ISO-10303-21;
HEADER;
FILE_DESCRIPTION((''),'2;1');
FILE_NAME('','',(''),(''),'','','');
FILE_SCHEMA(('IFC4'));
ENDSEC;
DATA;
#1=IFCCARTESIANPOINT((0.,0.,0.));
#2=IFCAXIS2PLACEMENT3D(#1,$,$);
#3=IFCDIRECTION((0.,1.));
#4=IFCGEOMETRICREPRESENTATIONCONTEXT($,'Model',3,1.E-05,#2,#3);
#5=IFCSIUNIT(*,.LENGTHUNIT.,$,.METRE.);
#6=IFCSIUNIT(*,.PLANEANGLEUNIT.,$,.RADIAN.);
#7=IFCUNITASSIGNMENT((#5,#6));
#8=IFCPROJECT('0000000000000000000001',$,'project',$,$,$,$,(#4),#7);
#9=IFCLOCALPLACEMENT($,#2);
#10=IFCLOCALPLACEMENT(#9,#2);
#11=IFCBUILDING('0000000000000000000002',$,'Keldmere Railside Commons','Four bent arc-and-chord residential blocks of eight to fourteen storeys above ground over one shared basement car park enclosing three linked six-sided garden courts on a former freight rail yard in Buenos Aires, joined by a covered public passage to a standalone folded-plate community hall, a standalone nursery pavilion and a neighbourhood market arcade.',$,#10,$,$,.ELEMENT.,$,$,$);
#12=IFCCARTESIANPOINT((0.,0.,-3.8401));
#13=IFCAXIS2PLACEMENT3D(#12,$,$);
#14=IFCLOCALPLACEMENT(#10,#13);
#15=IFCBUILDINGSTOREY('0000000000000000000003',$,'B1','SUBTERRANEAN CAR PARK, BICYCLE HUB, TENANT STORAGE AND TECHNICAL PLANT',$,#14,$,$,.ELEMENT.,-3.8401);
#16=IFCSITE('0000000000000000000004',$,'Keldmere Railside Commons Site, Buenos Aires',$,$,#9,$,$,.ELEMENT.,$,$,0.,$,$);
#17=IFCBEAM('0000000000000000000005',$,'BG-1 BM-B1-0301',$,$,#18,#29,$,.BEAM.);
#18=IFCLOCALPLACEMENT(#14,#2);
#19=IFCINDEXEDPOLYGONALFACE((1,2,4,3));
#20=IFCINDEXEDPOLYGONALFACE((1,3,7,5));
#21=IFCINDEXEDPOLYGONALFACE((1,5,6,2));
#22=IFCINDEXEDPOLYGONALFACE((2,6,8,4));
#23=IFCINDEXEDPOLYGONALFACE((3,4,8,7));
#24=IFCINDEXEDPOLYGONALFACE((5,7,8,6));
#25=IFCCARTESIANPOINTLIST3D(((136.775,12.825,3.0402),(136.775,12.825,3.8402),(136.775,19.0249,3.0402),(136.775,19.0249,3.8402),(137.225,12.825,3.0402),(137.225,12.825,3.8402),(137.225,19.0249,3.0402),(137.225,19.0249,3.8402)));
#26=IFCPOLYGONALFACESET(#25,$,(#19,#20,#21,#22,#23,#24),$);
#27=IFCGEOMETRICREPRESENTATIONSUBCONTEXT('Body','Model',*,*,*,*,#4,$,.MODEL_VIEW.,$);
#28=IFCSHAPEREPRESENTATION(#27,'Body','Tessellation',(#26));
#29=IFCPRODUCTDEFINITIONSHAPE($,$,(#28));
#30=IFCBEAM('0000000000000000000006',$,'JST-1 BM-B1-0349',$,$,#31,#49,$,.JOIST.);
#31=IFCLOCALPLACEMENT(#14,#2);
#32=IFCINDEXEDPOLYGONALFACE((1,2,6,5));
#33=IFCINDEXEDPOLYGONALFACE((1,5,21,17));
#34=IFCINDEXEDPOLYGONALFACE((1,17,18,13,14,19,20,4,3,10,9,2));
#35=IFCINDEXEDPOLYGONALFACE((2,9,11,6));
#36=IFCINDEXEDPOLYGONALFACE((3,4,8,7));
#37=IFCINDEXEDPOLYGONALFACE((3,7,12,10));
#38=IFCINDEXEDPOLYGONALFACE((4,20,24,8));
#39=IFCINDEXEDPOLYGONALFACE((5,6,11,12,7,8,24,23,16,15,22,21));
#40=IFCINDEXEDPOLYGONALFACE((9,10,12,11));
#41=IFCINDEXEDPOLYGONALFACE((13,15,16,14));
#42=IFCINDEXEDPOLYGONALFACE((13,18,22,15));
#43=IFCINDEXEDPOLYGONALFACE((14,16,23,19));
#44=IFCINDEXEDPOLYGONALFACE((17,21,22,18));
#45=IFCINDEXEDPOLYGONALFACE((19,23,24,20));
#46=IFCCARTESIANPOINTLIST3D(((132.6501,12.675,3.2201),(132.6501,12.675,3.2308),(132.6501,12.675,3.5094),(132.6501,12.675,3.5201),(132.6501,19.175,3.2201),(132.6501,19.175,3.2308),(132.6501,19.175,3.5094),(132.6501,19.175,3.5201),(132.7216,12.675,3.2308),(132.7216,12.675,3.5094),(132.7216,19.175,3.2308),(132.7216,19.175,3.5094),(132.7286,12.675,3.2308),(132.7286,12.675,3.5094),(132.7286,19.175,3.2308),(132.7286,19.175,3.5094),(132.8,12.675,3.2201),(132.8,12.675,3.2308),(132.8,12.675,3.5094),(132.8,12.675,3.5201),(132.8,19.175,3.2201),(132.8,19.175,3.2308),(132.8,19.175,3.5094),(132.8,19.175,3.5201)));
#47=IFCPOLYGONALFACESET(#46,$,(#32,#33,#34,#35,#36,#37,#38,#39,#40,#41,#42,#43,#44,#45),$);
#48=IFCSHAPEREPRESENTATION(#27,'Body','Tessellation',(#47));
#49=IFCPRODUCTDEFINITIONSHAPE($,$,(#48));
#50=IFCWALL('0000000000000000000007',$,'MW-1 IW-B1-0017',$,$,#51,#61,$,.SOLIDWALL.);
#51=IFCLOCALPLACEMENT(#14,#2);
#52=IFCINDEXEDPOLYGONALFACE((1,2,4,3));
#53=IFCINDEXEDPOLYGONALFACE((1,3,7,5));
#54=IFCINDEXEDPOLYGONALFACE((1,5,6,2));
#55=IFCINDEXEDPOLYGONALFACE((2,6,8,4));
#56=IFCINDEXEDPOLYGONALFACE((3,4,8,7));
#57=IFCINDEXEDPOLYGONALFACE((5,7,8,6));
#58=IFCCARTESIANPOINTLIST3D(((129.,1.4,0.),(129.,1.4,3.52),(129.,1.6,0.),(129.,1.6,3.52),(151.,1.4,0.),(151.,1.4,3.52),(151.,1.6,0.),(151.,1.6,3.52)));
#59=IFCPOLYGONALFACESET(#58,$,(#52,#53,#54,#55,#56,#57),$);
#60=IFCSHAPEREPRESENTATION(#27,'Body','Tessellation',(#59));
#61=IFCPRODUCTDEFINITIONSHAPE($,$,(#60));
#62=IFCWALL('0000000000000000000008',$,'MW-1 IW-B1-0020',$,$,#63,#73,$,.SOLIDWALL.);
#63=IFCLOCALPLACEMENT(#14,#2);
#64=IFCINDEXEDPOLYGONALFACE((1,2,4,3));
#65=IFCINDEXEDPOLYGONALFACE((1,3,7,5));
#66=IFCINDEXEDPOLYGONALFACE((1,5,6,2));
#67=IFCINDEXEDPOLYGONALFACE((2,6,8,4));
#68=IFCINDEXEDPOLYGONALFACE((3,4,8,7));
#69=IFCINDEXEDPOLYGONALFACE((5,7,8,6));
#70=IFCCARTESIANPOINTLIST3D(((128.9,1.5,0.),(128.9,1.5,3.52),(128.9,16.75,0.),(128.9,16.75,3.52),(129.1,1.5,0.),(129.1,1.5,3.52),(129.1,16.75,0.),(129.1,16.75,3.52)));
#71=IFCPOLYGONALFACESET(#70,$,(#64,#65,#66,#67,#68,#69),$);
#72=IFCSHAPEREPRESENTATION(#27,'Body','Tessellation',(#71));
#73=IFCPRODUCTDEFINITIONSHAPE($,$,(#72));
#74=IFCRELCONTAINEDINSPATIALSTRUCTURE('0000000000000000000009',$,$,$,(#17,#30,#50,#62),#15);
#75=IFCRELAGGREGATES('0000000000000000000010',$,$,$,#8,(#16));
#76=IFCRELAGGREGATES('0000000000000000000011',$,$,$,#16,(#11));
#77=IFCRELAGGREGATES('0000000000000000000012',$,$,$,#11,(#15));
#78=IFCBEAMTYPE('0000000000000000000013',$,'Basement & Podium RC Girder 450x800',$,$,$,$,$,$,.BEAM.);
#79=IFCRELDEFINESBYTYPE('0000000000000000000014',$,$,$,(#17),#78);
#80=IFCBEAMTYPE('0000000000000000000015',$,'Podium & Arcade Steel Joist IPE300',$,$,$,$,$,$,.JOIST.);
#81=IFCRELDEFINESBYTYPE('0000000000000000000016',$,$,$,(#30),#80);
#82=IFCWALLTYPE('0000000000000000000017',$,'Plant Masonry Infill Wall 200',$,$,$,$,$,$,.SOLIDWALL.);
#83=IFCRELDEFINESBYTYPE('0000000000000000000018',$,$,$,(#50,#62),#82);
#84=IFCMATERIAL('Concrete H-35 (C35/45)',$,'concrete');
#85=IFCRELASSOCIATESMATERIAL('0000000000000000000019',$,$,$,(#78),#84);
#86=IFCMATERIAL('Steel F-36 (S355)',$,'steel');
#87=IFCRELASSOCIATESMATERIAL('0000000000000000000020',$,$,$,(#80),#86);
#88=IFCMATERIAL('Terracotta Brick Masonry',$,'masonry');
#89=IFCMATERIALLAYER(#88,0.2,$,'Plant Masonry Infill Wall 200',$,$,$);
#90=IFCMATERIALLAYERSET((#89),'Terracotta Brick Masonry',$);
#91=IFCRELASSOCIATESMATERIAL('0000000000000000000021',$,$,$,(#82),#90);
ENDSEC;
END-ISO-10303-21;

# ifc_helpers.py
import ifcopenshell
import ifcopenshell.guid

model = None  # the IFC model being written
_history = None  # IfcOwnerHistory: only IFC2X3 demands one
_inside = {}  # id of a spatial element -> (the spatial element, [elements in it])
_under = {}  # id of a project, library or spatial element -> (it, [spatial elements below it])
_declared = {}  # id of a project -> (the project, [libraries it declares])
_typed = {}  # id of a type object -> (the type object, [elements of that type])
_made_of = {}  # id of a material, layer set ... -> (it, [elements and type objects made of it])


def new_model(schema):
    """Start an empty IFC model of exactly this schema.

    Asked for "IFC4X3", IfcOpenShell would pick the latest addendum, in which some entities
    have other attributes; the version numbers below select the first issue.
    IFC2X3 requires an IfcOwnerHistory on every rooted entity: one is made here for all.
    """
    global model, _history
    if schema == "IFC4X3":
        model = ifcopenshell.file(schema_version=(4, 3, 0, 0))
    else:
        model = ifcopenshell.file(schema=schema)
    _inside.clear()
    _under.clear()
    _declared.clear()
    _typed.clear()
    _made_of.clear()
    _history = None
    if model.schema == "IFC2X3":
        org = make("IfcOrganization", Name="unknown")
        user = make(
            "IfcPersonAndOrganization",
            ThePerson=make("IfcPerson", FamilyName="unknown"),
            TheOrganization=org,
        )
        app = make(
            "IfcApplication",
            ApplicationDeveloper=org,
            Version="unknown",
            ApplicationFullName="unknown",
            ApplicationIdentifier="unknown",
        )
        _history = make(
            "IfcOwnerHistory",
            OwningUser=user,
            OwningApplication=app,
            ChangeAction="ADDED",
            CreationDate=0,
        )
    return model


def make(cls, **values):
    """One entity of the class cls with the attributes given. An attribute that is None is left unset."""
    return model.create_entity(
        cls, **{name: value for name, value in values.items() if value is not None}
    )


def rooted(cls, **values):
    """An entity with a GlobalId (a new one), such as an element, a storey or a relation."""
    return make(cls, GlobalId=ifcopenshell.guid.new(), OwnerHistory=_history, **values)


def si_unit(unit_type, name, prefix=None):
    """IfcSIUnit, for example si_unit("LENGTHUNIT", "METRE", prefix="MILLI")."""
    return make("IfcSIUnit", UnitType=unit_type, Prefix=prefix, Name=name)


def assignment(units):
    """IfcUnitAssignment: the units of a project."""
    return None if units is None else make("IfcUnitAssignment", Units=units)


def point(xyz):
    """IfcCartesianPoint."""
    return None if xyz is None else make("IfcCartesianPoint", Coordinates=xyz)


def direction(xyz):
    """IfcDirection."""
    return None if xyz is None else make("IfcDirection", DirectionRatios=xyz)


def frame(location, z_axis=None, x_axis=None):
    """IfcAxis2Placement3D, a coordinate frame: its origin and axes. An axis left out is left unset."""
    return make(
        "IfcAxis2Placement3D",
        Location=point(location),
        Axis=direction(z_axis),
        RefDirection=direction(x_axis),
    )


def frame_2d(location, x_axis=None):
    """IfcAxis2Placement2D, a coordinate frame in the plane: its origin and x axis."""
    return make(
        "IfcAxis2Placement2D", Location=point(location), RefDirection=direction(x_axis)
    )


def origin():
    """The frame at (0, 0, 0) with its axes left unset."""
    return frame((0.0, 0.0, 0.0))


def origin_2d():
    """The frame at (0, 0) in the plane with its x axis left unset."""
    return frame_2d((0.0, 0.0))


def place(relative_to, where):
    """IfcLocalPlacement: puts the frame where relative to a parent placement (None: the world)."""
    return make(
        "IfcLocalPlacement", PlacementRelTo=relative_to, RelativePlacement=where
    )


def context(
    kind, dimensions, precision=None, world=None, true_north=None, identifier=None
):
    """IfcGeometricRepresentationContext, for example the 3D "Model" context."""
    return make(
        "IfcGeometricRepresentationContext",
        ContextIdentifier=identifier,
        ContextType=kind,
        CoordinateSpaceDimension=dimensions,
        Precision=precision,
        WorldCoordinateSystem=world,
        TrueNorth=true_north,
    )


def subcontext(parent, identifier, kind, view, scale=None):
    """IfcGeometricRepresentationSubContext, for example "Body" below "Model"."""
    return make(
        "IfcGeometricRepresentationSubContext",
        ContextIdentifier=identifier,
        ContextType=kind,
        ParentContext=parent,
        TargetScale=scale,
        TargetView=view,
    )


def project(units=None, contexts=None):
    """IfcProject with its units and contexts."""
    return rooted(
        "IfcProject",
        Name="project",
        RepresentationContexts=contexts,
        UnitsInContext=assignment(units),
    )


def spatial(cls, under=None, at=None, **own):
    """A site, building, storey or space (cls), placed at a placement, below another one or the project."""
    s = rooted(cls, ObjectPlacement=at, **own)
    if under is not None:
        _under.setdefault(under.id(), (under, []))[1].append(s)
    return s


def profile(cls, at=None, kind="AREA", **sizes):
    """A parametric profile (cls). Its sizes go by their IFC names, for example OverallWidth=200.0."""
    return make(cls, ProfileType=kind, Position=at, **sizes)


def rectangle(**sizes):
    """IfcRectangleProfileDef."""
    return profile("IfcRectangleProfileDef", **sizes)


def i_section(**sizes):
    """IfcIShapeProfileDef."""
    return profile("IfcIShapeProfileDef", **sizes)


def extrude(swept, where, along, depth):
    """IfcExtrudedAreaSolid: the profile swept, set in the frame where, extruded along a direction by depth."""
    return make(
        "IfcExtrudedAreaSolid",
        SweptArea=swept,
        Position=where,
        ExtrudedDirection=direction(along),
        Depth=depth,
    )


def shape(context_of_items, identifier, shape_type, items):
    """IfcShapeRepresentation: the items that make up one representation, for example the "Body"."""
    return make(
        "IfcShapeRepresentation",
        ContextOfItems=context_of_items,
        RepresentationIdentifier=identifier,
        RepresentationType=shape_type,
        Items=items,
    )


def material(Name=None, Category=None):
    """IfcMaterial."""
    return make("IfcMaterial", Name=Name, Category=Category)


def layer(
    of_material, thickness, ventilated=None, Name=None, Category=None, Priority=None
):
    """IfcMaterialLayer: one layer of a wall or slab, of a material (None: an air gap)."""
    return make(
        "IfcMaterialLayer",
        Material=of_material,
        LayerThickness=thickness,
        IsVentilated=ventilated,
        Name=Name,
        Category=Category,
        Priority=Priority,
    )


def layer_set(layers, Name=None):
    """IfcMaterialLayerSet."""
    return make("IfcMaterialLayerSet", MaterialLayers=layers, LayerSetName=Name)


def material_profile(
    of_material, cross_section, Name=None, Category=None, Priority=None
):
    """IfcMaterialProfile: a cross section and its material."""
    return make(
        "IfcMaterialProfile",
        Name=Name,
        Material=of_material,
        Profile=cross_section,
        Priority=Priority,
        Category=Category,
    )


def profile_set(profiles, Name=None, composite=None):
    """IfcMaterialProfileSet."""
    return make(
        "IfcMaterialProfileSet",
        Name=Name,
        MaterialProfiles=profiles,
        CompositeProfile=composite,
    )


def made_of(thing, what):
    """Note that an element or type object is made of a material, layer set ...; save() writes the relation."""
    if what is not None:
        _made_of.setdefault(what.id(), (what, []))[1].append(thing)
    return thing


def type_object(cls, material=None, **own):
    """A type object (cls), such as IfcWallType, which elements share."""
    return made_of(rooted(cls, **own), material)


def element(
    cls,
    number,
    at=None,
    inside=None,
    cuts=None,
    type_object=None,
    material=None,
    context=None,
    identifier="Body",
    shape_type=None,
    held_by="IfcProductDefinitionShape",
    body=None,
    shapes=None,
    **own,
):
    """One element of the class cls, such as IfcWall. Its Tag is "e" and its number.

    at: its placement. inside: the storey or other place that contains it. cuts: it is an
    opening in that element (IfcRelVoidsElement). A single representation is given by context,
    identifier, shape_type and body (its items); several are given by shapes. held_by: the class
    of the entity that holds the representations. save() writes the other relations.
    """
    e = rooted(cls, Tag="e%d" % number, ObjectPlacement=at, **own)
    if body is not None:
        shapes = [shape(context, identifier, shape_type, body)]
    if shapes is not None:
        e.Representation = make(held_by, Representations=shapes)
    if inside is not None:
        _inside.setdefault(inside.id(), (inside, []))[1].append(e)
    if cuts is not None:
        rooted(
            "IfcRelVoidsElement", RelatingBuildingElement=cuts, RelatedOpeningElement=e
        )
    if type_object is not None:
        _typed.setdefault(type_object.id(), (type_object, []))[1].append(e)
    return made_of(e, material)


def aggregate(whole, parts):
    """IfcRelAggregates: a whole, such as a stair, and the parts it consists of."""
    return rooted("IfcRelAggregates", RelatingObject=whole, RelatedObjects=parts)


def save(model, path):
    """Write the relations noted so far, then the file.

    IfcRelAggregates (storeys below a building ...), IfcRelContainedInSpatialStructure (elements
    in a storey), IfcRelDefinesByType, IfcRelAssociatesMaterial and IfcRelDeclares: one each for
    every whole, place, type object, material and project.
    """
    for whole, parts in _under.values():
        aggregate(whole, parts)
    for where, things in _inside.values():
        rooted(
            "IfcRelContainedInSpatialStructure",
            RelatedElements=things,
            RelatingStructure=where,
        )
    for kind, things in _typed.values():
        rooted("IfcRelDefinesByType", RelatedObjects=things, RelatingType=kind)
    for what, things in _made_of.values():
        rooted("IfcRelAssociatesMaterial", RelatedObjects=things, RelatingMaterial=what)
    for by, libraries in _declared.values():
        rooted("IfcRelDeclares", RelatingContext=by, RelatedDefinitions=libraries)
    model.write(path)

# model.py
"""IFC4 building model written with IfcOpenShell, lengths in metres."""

from ifc_helpers import new_model, si_unit, direction, frame, frame_2d, origin, origin_2d, place, context, subcontext, project, spatial, rectangle, i_section, extrude, material, layer, layer_set, material_profile, profile_set, type_object, element, save


model = new_model("IFC4")

# Units and contexts
model_context = context("Model", 3, precision=1e-05, world=origin(), true_north=direction((0.0, 1.0)))
body_context = subcontext(model_context, "Body", "Model", "MODEL_VIEW")
ifc_project = project(units=[si_unit("LENGTHUNIT", "METRE"), si_unit("PLANEANGLEUNIT", "RADIAN")], contexts=[model_context])

# Site, building, storey
site_placement = place(None, origin())
site = spatial("IfcSite", under=ifc_project, at=site_placement, Name="Keldmere Railside Commons Site, Buenos Aires", CompositionType="ELEMENT", RefElevation=0.0)
building_placement = place(site_placement, origin())
building = spatial("IfcBuilding", under=site, at=building_placement, Name="Keldmere Railside Commons", Description="Four bent arc-and-chord residential blocks of eight to fourteen storeys above ground over one shared basement car park enclosing three linked six-sided garden courts on a former freight rail yard in Buenos Aires, joined by a covered public passage to a standalone folded-plate community hall, a standalone nursery pavilion and a neighbourhood market arcade.", CompositionType="ELEMENT")
storey_placement = place(building_placement, frame((0.0, 0.0, -3.8401)))
storey = spatial("IfcBuildingStorey", under=building, at=storey_placement, Name="B1", Description="SUBTERRANEAN CAR PARK, BICYCLE HUB, TENANT STORAGE AND TECHNICAL PLANT", CompositionType="ELEMENT", Elevation=-3.8401)

# Beams
ifc_material_1 = material(Name="Concrete H-35 (C35/45)", Category="concrete")
ifc_material_profile_1 = material_profile(ifc_material_1, rectangle(XDim=0.45, YDim=0.8, at=origin_2d()), Name="RC-450x800")
ifc_profile_set_1 = profile_set([ifc_material_profile_1], Name="Concrete H-35 (C35/45)")
beam_type_1 = type_object("IfcBeamType", Name="Basement & Podium RC Girder 450x800", PredefinedType="BEAM", material=ifc_profile_set_1)
for number, where, z_axis, x_axis, name in (
    (1, (137.0, 12.825, 3.4402), (0.0, 1.0, 0.0), (-1.0, 0.0, 0.0), "BG-1 BM-B1-0301"),
):
    element("IfcBeam", number, at=place(storey_placement, frame(where, z_axis=z_axis, x_axis=x_axis)), inside=storey, type_object=beam_type_1, Name=name, PredefinedType="BEAM", context=body_context, shape_type="SweptSolid", body=[
        extrude(rectangle(XDim=0.45, YDim=0.8, at=origin_2d()), origin(), (0.0, 0.0, 1.0), 6.2),
    ])
ifc_material_2 = material(Name="Steel F-36 (S355)", Category="steel")
ifc_material_profile_2 = material_profile(ifc_material_2, i_section(OverallWidth=0.1499, OverallDepth=0.3, WebThickness=0.0071, FlangeThickness=0.0107, at=origin_2d()), Name="IPE-300")
ifc_profile_set_2 = profile_set([ifc_material_profile_2], Name="Steel F-36 (S355)")
beam_type_2 = type_object("IfcBeamType", Name="Podium & Arcade Steel Joist IPE300", PredefinedType="JOIST", material=ifc_profile_set_2)
beam_1_placement = place(storey_placement, frame((132.7251, 12.675, 3.3701), z_axis=(0.0, 1.0, 0.0), x_axis=(-1.0, 0.0, 0.0)))
element("IfcBeam", 2, at=beam_1_placement, inside=storey, type_object=beam_type_2, Name="JST-1 BM-B1-0349", PredefinedType="JOIST", context=body_context, shape_type="SweptSolid", body=[
    extrude(i_section(OverallWidth=0.1499, OverallDepth=0.3, WebThickness=0.0071, FlangeThickness=0.0107, at=origin_2d()), origin(), (0.0, 0.0, 1.0), 6.5),
])

# Walls
ifc_material_3 = material(Name="Terracotta Brick Masonry", Category="masonry")
ifc_layer = layer(ifc_material_3, 0.2, Name="Plant Masonry Infill Wall 200")
ifc_layer_set = layer_set([ifc_layer], Name="Terracotta Brick Masonry")
wall_type = type_object("IfcWallType", Name="Plant Masonry Infill Wall 200", PredefinedType="SOLIDWALL", material=ifc_layer_set)
wall_1_placement = place(storey_placement, frame((129.0, 1.5, 0.0), z_axis=(0.0, 0.0, 1.0), x_axis=(1.0, 0.0, 0.0)))
element("IfcWall", 3, at=wall_1_placement, inside=storey, type_object=wall_type, Name="MW-1 IW-B1-0017", PredefinedType="SOLIDWALL", context=body_context, shape_type="SweptSolid", body=[
    extrude(rectangle(XDim=22.0, YDim=0.2, at=frame_2d((11.0, 0.0))), origin(), (0.0, 0.0, 1.0), 3.52),
])
wall_2_placement = place(storey_placement, frame((129.0, 16.75, 0.0), z_axis=(0.0, 0.0, 1.0), x_axis=(0.0, -1.0, 0.0)))
element("IfcWall", 4, at=wall_2_placement, inside=storey, type_object=wall_type, Name="MW-1 IW-B1-0020", PredefinedType="SOLIDWALL", context=body_context, shape_type="SweptSolid", body=[
    extrude(rectangle(XDim=15.25, YDim=0.2, at=frame_2d((7.625, 0.0))), origin(), (0.0, 0.0, 1.0), 3.52),
])

save(model, "model.ifc")
